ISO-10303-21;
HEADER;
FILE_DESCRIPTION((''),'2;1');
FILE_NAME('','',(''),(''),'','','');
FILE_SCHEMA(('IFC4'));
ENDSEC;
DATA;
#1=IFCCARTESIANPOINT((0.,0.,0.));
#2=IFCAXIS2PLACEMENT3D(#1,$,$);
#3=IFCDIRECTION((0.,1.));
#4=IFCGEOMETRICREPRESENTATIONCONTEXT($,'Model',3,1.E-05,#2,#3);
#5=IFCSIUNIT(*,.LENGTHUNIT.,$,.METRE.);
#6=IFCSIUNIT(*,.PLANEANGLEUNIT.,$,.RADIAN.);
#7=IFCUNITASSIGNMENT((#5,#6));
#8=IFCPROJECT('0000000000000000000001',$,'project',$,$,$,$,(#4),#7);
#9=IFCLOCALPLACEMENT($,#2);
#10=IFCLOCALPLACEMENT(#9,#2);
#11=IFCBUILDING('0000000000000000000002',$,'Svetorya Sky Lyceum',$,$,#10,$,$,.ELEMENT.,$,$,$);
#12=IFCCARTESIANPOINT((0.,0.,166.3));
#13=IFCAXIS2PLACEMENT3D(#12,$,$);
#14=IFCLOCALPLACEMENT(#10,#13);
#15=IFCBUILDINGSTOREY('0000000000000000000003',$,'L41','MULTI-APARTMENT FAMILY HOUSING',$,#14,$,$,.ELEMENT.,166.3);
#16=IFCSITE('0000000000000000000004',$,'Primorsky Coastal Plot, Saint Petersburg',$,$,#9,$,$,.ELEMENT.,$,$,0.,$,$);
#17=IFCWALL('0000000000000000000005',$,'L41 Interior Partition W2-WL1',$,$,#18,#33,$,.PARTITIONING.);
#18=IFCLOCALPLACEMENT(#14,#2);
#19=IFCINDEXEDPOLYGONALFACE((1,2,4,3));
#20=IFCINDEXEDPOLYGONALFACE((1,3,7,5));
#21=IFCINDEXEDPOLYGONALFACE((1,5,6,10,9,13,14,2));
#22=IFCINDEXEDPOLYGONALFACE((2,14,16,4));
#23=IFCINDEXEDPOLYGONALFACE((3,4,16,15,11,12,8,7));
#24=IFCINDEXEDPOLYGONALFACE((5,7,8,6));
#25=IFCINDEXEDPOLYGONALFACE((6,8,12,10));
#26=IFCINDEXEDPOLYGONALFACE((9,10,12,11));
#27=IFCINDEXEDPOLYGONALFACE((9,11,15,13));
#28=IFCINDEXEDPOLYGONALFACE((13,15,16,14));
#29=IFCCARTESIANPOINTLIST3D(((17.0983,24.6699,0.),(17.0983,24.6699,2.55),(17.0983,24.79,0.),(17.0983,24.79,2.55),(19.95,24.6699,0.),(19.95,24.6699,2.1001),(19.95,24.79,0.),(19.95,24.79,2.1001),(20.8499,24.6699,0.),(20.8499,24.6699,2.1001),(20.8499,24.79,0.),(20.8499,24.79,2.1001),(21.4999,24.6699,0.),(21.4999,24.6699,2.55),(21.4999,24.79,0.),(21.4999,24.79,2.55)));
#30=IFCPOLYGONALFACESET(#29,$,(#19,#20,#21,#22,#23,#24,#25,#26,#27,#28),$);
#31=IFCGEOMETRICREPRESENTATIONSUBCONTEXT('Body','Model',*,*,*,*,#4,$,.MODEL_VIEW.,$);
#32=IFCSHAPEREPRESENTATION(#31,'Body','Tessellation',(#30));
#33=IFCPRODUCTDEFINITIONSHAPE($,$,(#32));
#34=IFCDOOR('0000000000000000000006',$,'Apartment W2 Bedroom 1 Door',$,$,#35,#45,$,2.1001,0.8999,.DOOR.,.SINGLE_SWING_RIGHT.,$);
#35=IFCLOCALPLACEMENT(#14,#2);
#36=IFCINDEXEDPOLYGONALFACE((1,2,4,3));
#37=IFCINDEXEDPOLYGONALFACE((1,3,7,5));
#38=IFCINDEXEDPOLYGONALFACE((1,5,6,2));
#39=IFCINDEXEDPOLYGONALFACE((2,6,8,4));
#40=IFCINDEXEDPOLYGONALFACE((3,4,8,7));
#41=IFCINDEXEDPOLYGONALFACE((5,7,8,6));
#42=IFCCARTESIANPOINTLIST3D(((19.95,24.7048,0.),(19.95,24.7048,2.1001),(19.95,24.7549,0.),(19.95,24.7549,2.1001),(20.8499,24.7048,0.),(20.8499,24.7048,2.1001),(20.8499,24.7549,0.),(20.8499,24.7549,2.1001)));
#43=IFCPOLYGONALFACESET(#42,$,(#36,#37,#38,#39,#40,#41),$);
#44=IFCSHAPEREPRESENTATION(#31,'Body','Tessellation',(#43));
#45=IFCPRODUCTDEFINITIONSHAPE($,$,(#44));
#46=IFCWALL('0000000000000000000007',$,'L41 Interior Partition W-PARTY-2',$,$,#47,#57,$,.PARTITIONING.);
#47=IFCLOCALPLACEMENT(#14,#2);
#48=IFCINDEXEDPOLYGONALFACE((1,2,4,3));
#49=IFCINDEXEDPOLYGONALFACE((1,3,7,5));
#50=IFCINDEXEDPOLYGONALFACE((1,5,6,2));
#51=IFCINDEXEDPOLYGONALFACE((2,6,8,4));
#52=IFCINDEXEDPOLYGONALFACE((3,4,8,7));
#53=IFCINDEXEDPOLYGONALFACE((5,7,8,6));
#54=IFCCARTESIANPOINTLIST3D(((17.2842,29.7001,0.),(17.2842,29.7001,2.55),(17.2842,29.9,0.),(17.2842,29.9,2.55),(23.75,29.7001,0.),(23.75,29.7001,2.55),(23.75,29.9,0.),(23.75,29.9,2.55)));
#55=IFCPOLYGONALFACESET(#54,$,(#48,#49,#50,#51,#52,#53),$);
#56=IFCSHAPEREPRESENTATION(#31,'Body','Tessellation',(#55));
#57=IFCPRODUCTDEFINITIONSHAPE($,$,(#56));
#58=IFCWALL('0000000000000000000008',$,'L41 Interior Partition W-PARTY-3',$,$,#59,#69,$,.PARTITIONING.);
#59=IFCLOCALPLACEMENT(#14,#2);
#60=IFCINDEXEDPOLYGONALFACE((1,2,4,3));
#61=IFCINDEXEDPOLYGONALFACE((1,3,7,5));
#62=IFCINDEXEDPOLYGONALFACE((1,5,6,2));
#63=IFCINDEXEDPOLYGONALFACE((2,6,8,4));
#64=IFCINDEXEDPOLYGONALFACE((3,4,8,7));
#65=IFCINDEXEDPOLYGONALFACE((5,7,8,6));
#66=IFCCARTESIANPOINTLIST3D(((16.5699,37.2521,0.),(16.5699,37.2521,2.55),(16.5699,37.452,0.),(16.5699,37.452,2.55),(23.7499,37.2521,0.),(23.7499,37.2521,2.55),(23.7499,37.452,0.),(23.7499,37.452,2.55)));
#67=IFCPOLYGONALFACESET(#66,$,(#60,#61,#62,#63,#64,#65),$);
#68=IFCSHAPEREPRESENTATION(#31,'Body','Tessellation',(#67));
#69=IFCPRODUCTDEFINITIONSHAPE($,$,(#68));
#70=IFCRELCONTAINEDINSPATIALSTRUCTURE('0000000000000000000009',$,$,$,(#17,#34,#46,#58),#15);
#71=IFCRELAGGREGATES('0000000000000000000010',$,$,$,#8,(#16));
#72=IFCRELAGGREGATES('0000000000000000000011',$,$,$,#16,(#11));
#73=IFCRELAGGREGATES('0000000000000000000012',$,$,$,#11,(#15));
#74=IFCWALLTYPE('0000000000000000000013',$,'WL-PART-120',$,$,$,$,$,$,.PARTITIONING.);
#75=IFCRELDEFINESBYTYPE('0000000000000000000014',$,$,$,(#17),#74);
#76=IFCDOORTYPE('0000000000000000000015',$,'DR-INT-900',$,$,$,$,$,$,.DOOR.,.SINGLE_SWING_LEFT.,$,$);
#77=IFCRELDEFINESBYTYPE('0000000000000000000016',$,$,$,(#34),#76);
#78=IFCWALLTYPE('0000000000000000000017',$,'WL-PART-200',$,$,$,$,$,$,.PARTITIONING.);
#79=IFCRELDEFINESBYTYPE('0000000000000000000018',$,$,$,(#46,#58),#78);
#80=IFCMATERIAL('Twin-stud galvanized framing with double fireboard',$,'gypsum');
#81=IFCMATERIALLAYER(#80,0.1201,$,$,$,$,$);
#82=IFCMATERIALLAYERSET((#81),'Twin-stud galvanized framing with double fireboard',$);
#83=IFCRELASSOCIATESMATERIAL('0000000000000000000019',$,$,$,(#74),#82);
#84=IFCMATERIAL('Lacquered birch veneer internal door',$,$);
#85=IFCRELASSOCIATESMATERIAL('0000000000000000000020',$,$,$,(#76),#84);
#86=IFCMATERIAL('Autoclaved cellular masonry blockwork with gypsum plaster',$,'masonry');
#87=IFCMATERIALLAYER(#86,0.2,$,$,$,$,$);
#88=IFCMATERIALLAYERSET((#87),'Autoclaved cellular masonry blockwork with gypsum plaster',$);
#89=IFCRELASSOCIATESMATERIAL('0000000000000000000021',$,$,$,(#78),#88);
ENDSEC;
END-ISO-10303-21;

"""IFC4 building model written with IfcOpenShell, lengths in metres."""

from ifc_helpers import new_model, si_unit, direction, frame, frame_2d, origin, place, context, subcontext, project, spatial, rectangle, extrude, material, layer, layer_set, type_object, element, fill, save


model = new_model("IFC4")

# Units and contexts
model_context = context("Model", 3, precision=1e-05, world=origin(), true_north=direction((0.0, 1.0)))
body_context = subcontext(model_context, "Body", "Model", "MODEL_VIEW")
ifc_project = project(units=[si_unit("LENGTHUNIT", "METRE"), si_unit("PLANEANGLEUNIT", "RADIAN")], contexts=[model_context])

# Site, building, storey
site_placement = place(None, origin())
site = spatial("IfcSite", under=ifc_project, at=site_placement, Name="Primorsky Coastal Plot, Saint Petersburg", CompositionType="ELEMENT", RefElevation=0.0)
building_placement = place(site_placement, origin())
building = spatial("IfcBuilding", under=site, at=building_placement, Name="Svetorya Sky Lyceum", CompositionType="ELEMENT")
storey_placement = place(building_placement, frame((0.0, 0.0, 166.3)))
storey = spatial("IfcBuildingStorey", under=building, at=storey_placement, Name="L41", Description="MULTI-APARTMENT FAMILY HOUSING", CompositionType="ELEMENT", Elevation=166.3)

# Wall, opening, door
ifc_material_1 = material(Name="Twin-stud galvanized framing with double fireboard", Category="gypsum")
ifc_layer_1 = layer(ifc_material_1, 0.1201)
ifc_layer_set_1 = layer_set([ifc_layer_1], Name="Twin-stud galvanized framing with double fireboard")
wall_type_1 = type_object("IfcWallType", Name="WL-PART-120", PredefinedType="PARTITIONING", material=ifc_layer_set_1)
wall_1_placement = place(storey_placement, frame((17.0984, 24.73, 0.0), z_axis=(0.0, 0.0, 1.0), x_axis=(1.0, 0.0, 0.0)))
wall_1 = element("IfcWall", 1, at=wall_1_placement, inside=storey, type_object=wall_type_1, Name="L41 Interior Partition W2-WL1", PredefinedType="PARTITIONING", context=body_context, shape_type="SweptSolid", body=[
    extrude(rectangle(XDim=4.4016, YDim=0.1201, at=frame_2d((2.2007, 0.0))), origin(), (0.0, 0.0, 1.0), 2.55),
])
opening_1_placement = place(wall_1_placement, frame((2.8516, 0.0, 0.0)))
opening_1 = element("IfcOpeningElement", 2, at=opening_1_placement, cuts=wall_1, PredefinedType="OPENING", context=body_context, shape_type="SweptSolid", body=[
    extrude(rectangle(XDim=0.8999, YDim=2.1001, at=frame_2d((0.45, 1.05))), frame((0.0, 0.0701, 0.0), z_axis=(0.0, -1.0, 0.0), x_axis=(1.0, 0.0, 0.0)), (0.0, 0.0, 1.0), 0.1401),
])
ifc_material_2 = material(Name="Lacquered birch veneer internal door")
door_type_1 = type_object("IfcDoorType", Name="DR-INT-900", OperationType="SINGLE_SWING_LEFT", PredefinedType="DOOR", material=ifc_material_2)
door_1_placement = place(opening_1_placement, origin())
door_1 = element("IfcDoor", 3, at=door_1_placement, inside=storey, type_object=door_type_1, Name="Apartment W2 Bedroom 1 Door", OperationType="SINGLE_SWING_RIGHT", OverallHeight=2.1001, OverallWidth=0.8999, PredefinedType="DOOR", context=body_context, shape_type="SweptSolid", body=[
    extrude(rectangle(XDim=0.8999, YDim=2.1001, at=frame_2d((0.45, 1.05))), frame((0.0, 0.0249, 0.0), z_axis=(0.0, -1.0, 0.0), x_axis=(1.0, 0.0, 0.0)), (0.0, 0.0, 1.0), 0.05),
])
fill(opening_1, door_1)

# Walls
ifc_material_3 = material(Name="Autoclaved cellular masonry blockwork with gypsum plaster", Category="masonry")
ifc_layer_2 = layer(ifc_material_3, 0.2)
ifc_layer_set_2 = layer_set([ifc_layer_2], Name="Autoclaved cellular masonry blockwork with gypsum plaster")
wall_type_2 = type_object("IfcWallType", Name="WL-PART-200", PredefinedType="PARTITIONING", material=ifc_layer_set_2)
wall_2_placement = place(storey_placement, frame((17.2842, 29.8, 0.0), z_axis=(0.0, 0.0, 1.0), x_axis=(1.0, 0.0, 0.0)))
element("IfcWall", 4, at=wall_2_placement, inside=storey, type_object=wall_type_2, Name="L41 Interior Partition W-PARTY-2", PredefinedType="PARTITIONING", context=body_context, shape_type="SweptSolid", body=[
    extrude(rectangle(XDim=6.4658, YDim=0.2, at=frame_2d((3.2329, 0.0))), origin(), (0.0, 0.0, 1.0), 2.55),
])
wall_3_placement = place(storey_placement, frame((16.5701, 37.3521, 0.0), z_axis=(0.0, 0.0, 1.0), x_axis=(1.0, 0.0, 0.0)))
element("IfcWall", 5, at=wall_3_placement, inside=storey, type_object=wall_type_2, Name="L41 Interior Partition W-PARTY-3", PredefinedType="PARTITIONING", context=body_context, shape_type="SweptSolid", body=[
    extrude(rectangle(XDim=7.1799, YDim=0.2, at=frame_2d((3.5898, 0.0))), origin(), (0.0, 0.0, 1.0), 2.55),
])

save(model, "model.ifc")
